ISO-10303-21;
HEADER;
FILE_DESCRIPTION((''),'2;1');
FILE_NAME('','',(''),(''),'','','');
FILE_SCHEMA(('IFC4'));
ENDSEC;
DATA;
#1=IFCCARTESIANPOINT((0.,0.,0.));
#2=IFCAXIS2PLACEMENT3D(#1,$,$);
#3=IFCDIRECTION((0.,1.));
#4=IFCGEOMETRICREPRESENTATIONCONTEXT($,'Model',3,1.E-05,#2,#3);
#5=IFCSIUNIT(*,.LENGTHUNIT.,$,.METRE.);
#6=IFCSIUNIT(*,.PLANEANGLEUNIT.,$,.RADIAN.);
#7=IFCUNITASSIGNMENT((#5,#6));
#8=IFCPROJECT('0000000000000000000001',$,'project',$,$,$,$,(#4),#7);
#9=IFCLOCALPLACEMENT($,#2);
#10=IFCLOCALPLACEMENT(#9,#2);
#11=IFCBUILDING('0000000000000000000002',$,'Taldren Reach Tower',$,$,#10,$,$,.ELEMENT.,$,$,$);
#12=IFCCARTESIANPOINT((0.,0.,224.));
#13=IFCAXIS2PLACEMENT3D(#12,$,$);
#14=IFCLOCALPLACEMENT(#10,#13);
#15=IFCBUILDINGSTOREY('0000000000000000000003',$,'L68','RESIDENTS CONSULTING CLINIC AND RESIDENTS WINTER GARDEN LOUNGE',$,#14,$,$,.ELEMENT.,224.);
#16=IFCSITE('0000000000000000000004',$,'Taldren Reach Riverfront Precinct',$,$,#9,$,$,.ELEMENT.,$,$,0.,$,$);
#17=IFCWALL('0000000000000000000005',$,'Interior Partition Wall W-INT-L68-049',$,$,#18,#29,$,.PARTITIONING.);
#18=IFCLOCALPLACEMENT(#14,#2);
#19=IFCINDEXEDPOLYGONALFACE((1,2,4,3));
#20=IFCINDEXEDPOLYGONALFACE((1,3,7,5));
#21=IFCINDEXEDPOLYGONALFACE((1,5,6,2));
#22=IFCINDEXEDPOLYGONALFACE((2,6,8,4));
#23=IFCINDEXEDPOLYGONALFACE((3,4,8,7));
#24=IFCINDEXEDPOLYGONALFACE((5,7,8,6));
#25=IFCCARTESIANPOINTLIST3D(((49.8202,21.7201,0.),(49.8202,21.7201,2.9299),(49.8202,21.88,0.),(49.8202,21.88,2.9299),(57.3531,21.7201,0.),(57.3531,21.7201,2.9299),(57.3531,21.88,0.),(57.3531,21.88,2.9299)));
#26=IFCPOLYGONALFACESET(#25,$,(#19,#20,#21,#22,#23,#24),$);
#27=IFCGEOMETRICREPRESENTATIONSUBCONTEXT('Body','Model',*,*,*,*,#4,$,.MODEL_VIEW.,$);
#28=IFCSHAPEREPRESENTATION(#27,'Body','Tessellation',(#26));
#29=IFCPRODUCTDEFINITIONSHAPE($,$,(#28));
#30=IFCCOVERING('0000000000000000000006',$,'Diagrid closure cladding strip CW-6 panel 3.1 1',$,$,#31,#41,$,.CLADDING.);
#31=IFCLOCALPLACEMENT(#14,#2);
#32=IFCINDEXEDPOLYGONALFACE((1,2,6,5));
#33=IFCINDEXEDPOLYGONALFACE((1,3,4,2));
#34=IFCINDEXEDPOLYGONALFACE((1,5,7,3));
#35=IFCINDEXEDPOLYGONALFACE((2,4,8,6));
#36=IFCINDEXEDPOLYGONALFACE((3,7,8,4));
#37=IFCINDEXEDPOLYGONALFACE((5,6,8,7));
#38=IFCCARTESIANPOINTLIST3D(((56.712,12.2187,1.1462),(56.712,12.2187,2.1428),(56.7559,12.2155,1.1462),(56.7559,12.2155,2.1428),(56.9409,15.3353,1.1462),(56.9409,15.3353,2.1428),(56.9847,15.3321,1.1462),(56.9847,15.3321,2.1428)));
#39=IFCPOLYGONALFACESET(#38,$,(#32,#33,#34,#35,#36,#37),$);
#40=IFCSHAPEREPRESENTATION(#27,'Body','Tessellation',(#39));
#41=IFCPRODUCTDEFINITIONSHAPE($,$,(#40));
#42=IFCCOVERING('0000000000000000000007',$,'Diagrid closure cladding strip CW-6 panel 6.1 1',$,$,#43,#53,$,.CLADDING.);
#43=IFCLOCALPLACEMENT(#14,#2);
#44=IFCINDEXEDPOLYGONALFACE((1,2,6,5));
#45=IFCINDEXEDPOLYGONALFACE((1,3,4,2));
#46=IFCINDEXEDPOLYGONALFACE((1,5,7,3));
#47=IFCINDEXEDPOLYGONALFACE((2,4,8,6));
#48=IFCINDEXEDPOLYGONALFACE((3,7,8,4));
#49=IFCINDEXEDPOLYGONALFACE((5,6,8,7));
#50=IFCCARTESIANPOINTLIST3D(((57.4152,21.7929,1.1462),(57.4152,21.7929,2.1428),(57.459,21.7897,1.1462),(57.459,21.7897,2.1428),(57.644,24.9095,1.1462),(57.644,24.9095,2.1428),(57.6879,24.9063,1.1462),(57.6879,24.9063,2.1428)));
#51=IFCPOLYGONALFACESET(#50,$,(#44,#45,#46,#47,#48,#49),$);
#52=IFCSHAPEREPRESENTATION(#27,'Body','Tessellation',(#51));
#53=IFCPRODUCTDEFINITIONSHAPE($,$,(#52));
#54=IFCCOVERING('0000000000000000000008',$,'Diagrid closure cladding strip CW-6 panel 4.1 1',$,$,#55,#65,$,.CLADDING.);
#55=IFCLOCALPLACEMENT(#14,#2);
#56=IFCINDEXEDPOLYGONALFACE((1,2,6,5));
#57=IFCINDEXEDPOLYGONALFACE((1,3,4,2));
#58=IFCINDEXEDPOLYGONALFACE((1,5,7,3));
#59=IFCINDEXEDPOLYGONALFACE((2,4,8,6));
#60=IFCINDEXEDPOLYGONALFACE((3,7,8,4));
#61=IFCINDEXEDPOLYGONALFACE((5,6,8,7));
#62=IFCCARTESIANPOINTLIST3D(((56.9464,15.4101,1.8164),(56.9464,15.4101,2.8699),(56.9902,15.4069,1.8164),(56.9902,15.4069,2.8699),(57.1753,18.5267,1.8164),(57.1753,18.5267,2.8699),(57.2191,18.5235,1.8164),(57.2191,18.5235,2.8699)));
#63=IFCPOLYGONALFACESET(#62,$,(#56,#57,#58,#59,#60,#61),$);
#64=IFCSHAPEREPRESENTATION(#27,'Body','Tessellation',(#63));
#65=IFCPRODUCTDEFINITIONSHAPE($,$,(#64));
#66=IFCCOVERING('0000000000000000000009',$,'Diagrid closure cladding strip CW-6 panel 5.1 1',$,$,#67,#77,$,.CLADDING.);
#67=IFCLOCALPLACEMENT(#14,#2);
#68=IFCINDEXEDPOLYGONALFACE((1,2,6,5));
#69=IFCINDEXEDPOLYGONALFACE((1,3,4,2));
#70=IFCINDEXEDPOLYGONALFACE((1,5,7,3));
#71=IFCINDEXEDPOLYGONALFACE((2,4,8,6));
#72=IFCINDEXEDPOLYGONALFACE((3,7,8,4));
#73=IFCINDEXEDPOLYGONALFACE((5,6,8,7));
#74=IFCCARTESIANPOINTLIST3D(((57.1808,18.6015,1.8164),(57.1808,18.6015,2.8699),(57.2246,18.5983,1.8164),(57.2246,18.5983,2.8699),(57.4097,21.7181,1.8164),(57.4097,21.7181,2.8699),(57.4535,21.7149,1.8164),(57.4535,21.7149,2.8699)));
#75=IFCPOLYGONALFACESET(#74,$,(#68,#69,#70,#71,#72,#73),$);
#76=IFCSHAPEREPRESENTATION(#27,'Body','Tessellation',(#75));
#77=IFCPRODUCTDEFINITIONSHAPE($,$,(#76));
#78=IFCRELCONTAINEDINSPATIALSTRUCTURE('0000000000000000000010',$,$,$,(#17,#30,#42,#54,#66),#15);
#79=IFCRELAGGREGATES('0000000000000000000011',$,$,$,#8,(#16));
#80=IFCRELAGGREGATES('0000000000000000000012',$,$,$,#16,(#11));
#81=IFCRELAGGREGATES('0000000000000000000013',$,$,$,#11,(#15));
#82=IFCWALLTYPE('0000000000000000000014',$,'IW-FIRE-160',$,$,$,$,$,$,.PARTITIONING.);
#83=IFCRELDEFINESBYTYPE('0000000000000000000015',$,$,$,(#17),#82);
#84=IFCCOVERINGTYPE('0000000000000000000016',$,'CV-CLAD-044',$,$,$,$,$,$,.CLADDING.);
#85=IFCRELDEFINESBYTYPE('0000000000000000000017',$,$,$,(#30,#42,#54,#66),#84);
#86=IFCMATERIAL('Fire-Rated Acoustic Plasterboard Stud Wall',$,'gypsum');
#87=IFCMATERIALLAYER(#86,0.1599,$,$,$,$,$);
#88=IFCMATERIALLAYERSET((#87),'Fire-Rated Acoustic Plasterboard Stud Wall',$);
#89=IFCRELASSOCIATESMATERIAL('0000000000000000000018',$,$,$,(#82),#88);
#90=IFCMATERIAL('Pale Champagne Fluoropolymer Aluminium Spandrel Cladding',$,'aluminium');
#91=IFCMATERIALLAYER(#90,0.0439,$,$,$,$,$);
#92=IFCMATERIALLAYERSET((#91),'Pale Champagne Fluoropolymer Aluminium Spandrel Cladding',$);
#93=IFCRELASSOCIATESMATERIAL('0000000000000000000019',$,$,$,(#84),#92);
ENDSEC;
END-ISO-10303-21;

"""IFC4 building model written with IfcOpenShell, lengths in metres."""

from ifc_helpers import new_model, si_unit, direction, frame, frame_2d, origin, origin_2d, place, context, subcontext, project, spatial, rectangle, extrude, source, transform, mapped, material, layer, layer_set, type_object, element, save


model = new_model("IFC4")

# Units and contexts
model_context = context("Model", 3, precision=1e-05, world=origin(), true_north=direction((0.0, 1.0)))
body_context = subcontext(model_context, "Body", "Model", "MODEL_VIEW")
ifc_project = project(units=[si_unit("LENGTHUNIT", "METRE"), si_unit("PLANEANGLEUNIT", "RADIAN")], contexts=[model_context])

# Site, building, storey
site_placement = place(None, origin())
site = spatial("IfcSite", under=ifc_project, at=site_placement, Name="Taldren Reach Riverfront Precinct", CompositionType="ELEMENT", RefElevation=0.0)
building_placement = place(site_placement, origin())
building = spatial("IfcBuilding", under=site, at=building_placement, Name="Taldren Reach Tower", CompositionType="ELEMENT")
storey_placement = place(building_placement, frame((0.0, 0.0, 224.0)))
storey = spatial("IfcBuildingStorey", under=building, at=storey_placement, Name="L68", Description="RESIDENTS CONSULTING CLINIC AND RESIDENTS WINTER GARDEN LOUNGE", CompositionType="ELEMENT", Elevation=224.0)

# Wall
ifc_material_1 = material(Name="Fire-Rated Acoustic Plasterboard Stud Wall", Category="gypsum")
ifc_layer_1 = layer(ifc_material_1, 0.1599)
ifc_layer_set_1 = layer_set([ifc_layer_1], Name="Fire-Rated Acoustic Plasterboard Stud Wall")
wall_type = type_object("IfcWallType", Name="IW-FIRE-160", PredefinedType="PARTITIONING", material=ifc_layer_set_1)
shared_shape_1 = source(origin(), body_context, "Body", "SweptSolid", [
    extrude(rectangle(XDim=7.533, YDim=0.1599, at=frame_2d((3.7666, 0.0))), origin(), (0.0, 0.0, 1.0), 2.9299),
])
wall_placement = place(storey_placement, frame((57.3533, 21.8, 0.0), z_axis=(0.0, 0.0, 1.0), x_axis=(-1.0, 0.0, 0.0)))
element("IfcWall", 1, at=wall_placement, inside=storey, type_object=wall_type, Name="Interior Partition Wall W-INT-L68-049", PredefinedType="PARTITIONING", context=body_context, shape_type="MappedRepresentation", body=[
    mapped(shared_shape_1, transform((0.0, 0.0, 0.0), scale=1.0)),
])

# Coverings
ifc_material_2 = material(Name="Pale Champagne Fluoropolymer Aluminium Spandrel Cladding", Category="aluminium")
ifc_layer_2 = layer(ifc_material_2, 0.0439)
ifc_layer_set_2 = layer_set([ifc_layer_2], Name="Pale Champagne Fluoropolymer Aluminium Spandrel Cladding")
covering_type = type_object("IfcCoveringType", Name="CV-CLAD-044", PredefinedType="CLADDING", material=ifc_layer_set_2)
shared_shape_2 = source(origin(), body_context, "Body", "SweptSolid", [
    extrude(rectangle(XDim=3.125, YDim=0.0439, at=origin_2d()), origin(), (0.0, 0.0, 1.0), 0.9966),
])
for number, where, z_axis, x_axis, name in (
    (2, (56.8484, 13.7754, 1.1462), (0.0, 0.0, 1.0), (0.073238, 0.997314, 0.0), "Diagrid closure cladding strip CW-6 panel 3.1 1"),
    (3, (57.5515, 23.3496, 1.1462), (0.0, 0.0, 1.0), (0.073238, 0.997314, 0.0), "Diagrid closure cladding strip CW-6 panel 6.1 1"),
):
    element("IfcCovering", number, at=place(storey_placement, frame(where, z_axis=z_axis, x_axis=x_axis)), inside=storey, type_object=covering_type, Name=name, PredefinedType="CLADDING", context=body_context, shape_type="MappedRepresentation", body=[
        mapped(shared_shape_2, transform((0.0, 0.0, 0.0), scale=1.0)),
    ])
shared_shape_3 = source(origin(), body_context, "Body", "SweptSolid", [
    extrude(rectangle(XDim=3.125, YDim=0.0439, at=origin_2d()), origin(), (0.0, 0.0, 1.0), 1.0535),
])
for number, where, z_axis, x_axis, name in (
    (4, (57.0828, 16.9668, 1.8164), (0.0, 0.0, 1.0), (0.073238, 0.997314, 0.0), "Diagrid closure cladding strip CW-6 panel 4.1 1"),
    (5, (57.3171, 20.1582, 1.8164), (0.0, 0.0, 1.0), (0.073238, 0.997314, 0.0), "Diagrid closure cladding strip CW-6 panel 5.1 1"),
):
    element("IfcCovering", number, at=place(storey_placement, frame(where, z_axis=z_axis, x_axis=x_axis)), inside=storey, type_object=covering_type, Name=name, PredefinedType="CLADDING", context=body_context, shape_type="MappedRepresentation", body=[
        mapped(shared_shape_3, transform((0.0, 0.0, 0.0), scale=1.0)),
    ])

save(model, "model.ifc")
